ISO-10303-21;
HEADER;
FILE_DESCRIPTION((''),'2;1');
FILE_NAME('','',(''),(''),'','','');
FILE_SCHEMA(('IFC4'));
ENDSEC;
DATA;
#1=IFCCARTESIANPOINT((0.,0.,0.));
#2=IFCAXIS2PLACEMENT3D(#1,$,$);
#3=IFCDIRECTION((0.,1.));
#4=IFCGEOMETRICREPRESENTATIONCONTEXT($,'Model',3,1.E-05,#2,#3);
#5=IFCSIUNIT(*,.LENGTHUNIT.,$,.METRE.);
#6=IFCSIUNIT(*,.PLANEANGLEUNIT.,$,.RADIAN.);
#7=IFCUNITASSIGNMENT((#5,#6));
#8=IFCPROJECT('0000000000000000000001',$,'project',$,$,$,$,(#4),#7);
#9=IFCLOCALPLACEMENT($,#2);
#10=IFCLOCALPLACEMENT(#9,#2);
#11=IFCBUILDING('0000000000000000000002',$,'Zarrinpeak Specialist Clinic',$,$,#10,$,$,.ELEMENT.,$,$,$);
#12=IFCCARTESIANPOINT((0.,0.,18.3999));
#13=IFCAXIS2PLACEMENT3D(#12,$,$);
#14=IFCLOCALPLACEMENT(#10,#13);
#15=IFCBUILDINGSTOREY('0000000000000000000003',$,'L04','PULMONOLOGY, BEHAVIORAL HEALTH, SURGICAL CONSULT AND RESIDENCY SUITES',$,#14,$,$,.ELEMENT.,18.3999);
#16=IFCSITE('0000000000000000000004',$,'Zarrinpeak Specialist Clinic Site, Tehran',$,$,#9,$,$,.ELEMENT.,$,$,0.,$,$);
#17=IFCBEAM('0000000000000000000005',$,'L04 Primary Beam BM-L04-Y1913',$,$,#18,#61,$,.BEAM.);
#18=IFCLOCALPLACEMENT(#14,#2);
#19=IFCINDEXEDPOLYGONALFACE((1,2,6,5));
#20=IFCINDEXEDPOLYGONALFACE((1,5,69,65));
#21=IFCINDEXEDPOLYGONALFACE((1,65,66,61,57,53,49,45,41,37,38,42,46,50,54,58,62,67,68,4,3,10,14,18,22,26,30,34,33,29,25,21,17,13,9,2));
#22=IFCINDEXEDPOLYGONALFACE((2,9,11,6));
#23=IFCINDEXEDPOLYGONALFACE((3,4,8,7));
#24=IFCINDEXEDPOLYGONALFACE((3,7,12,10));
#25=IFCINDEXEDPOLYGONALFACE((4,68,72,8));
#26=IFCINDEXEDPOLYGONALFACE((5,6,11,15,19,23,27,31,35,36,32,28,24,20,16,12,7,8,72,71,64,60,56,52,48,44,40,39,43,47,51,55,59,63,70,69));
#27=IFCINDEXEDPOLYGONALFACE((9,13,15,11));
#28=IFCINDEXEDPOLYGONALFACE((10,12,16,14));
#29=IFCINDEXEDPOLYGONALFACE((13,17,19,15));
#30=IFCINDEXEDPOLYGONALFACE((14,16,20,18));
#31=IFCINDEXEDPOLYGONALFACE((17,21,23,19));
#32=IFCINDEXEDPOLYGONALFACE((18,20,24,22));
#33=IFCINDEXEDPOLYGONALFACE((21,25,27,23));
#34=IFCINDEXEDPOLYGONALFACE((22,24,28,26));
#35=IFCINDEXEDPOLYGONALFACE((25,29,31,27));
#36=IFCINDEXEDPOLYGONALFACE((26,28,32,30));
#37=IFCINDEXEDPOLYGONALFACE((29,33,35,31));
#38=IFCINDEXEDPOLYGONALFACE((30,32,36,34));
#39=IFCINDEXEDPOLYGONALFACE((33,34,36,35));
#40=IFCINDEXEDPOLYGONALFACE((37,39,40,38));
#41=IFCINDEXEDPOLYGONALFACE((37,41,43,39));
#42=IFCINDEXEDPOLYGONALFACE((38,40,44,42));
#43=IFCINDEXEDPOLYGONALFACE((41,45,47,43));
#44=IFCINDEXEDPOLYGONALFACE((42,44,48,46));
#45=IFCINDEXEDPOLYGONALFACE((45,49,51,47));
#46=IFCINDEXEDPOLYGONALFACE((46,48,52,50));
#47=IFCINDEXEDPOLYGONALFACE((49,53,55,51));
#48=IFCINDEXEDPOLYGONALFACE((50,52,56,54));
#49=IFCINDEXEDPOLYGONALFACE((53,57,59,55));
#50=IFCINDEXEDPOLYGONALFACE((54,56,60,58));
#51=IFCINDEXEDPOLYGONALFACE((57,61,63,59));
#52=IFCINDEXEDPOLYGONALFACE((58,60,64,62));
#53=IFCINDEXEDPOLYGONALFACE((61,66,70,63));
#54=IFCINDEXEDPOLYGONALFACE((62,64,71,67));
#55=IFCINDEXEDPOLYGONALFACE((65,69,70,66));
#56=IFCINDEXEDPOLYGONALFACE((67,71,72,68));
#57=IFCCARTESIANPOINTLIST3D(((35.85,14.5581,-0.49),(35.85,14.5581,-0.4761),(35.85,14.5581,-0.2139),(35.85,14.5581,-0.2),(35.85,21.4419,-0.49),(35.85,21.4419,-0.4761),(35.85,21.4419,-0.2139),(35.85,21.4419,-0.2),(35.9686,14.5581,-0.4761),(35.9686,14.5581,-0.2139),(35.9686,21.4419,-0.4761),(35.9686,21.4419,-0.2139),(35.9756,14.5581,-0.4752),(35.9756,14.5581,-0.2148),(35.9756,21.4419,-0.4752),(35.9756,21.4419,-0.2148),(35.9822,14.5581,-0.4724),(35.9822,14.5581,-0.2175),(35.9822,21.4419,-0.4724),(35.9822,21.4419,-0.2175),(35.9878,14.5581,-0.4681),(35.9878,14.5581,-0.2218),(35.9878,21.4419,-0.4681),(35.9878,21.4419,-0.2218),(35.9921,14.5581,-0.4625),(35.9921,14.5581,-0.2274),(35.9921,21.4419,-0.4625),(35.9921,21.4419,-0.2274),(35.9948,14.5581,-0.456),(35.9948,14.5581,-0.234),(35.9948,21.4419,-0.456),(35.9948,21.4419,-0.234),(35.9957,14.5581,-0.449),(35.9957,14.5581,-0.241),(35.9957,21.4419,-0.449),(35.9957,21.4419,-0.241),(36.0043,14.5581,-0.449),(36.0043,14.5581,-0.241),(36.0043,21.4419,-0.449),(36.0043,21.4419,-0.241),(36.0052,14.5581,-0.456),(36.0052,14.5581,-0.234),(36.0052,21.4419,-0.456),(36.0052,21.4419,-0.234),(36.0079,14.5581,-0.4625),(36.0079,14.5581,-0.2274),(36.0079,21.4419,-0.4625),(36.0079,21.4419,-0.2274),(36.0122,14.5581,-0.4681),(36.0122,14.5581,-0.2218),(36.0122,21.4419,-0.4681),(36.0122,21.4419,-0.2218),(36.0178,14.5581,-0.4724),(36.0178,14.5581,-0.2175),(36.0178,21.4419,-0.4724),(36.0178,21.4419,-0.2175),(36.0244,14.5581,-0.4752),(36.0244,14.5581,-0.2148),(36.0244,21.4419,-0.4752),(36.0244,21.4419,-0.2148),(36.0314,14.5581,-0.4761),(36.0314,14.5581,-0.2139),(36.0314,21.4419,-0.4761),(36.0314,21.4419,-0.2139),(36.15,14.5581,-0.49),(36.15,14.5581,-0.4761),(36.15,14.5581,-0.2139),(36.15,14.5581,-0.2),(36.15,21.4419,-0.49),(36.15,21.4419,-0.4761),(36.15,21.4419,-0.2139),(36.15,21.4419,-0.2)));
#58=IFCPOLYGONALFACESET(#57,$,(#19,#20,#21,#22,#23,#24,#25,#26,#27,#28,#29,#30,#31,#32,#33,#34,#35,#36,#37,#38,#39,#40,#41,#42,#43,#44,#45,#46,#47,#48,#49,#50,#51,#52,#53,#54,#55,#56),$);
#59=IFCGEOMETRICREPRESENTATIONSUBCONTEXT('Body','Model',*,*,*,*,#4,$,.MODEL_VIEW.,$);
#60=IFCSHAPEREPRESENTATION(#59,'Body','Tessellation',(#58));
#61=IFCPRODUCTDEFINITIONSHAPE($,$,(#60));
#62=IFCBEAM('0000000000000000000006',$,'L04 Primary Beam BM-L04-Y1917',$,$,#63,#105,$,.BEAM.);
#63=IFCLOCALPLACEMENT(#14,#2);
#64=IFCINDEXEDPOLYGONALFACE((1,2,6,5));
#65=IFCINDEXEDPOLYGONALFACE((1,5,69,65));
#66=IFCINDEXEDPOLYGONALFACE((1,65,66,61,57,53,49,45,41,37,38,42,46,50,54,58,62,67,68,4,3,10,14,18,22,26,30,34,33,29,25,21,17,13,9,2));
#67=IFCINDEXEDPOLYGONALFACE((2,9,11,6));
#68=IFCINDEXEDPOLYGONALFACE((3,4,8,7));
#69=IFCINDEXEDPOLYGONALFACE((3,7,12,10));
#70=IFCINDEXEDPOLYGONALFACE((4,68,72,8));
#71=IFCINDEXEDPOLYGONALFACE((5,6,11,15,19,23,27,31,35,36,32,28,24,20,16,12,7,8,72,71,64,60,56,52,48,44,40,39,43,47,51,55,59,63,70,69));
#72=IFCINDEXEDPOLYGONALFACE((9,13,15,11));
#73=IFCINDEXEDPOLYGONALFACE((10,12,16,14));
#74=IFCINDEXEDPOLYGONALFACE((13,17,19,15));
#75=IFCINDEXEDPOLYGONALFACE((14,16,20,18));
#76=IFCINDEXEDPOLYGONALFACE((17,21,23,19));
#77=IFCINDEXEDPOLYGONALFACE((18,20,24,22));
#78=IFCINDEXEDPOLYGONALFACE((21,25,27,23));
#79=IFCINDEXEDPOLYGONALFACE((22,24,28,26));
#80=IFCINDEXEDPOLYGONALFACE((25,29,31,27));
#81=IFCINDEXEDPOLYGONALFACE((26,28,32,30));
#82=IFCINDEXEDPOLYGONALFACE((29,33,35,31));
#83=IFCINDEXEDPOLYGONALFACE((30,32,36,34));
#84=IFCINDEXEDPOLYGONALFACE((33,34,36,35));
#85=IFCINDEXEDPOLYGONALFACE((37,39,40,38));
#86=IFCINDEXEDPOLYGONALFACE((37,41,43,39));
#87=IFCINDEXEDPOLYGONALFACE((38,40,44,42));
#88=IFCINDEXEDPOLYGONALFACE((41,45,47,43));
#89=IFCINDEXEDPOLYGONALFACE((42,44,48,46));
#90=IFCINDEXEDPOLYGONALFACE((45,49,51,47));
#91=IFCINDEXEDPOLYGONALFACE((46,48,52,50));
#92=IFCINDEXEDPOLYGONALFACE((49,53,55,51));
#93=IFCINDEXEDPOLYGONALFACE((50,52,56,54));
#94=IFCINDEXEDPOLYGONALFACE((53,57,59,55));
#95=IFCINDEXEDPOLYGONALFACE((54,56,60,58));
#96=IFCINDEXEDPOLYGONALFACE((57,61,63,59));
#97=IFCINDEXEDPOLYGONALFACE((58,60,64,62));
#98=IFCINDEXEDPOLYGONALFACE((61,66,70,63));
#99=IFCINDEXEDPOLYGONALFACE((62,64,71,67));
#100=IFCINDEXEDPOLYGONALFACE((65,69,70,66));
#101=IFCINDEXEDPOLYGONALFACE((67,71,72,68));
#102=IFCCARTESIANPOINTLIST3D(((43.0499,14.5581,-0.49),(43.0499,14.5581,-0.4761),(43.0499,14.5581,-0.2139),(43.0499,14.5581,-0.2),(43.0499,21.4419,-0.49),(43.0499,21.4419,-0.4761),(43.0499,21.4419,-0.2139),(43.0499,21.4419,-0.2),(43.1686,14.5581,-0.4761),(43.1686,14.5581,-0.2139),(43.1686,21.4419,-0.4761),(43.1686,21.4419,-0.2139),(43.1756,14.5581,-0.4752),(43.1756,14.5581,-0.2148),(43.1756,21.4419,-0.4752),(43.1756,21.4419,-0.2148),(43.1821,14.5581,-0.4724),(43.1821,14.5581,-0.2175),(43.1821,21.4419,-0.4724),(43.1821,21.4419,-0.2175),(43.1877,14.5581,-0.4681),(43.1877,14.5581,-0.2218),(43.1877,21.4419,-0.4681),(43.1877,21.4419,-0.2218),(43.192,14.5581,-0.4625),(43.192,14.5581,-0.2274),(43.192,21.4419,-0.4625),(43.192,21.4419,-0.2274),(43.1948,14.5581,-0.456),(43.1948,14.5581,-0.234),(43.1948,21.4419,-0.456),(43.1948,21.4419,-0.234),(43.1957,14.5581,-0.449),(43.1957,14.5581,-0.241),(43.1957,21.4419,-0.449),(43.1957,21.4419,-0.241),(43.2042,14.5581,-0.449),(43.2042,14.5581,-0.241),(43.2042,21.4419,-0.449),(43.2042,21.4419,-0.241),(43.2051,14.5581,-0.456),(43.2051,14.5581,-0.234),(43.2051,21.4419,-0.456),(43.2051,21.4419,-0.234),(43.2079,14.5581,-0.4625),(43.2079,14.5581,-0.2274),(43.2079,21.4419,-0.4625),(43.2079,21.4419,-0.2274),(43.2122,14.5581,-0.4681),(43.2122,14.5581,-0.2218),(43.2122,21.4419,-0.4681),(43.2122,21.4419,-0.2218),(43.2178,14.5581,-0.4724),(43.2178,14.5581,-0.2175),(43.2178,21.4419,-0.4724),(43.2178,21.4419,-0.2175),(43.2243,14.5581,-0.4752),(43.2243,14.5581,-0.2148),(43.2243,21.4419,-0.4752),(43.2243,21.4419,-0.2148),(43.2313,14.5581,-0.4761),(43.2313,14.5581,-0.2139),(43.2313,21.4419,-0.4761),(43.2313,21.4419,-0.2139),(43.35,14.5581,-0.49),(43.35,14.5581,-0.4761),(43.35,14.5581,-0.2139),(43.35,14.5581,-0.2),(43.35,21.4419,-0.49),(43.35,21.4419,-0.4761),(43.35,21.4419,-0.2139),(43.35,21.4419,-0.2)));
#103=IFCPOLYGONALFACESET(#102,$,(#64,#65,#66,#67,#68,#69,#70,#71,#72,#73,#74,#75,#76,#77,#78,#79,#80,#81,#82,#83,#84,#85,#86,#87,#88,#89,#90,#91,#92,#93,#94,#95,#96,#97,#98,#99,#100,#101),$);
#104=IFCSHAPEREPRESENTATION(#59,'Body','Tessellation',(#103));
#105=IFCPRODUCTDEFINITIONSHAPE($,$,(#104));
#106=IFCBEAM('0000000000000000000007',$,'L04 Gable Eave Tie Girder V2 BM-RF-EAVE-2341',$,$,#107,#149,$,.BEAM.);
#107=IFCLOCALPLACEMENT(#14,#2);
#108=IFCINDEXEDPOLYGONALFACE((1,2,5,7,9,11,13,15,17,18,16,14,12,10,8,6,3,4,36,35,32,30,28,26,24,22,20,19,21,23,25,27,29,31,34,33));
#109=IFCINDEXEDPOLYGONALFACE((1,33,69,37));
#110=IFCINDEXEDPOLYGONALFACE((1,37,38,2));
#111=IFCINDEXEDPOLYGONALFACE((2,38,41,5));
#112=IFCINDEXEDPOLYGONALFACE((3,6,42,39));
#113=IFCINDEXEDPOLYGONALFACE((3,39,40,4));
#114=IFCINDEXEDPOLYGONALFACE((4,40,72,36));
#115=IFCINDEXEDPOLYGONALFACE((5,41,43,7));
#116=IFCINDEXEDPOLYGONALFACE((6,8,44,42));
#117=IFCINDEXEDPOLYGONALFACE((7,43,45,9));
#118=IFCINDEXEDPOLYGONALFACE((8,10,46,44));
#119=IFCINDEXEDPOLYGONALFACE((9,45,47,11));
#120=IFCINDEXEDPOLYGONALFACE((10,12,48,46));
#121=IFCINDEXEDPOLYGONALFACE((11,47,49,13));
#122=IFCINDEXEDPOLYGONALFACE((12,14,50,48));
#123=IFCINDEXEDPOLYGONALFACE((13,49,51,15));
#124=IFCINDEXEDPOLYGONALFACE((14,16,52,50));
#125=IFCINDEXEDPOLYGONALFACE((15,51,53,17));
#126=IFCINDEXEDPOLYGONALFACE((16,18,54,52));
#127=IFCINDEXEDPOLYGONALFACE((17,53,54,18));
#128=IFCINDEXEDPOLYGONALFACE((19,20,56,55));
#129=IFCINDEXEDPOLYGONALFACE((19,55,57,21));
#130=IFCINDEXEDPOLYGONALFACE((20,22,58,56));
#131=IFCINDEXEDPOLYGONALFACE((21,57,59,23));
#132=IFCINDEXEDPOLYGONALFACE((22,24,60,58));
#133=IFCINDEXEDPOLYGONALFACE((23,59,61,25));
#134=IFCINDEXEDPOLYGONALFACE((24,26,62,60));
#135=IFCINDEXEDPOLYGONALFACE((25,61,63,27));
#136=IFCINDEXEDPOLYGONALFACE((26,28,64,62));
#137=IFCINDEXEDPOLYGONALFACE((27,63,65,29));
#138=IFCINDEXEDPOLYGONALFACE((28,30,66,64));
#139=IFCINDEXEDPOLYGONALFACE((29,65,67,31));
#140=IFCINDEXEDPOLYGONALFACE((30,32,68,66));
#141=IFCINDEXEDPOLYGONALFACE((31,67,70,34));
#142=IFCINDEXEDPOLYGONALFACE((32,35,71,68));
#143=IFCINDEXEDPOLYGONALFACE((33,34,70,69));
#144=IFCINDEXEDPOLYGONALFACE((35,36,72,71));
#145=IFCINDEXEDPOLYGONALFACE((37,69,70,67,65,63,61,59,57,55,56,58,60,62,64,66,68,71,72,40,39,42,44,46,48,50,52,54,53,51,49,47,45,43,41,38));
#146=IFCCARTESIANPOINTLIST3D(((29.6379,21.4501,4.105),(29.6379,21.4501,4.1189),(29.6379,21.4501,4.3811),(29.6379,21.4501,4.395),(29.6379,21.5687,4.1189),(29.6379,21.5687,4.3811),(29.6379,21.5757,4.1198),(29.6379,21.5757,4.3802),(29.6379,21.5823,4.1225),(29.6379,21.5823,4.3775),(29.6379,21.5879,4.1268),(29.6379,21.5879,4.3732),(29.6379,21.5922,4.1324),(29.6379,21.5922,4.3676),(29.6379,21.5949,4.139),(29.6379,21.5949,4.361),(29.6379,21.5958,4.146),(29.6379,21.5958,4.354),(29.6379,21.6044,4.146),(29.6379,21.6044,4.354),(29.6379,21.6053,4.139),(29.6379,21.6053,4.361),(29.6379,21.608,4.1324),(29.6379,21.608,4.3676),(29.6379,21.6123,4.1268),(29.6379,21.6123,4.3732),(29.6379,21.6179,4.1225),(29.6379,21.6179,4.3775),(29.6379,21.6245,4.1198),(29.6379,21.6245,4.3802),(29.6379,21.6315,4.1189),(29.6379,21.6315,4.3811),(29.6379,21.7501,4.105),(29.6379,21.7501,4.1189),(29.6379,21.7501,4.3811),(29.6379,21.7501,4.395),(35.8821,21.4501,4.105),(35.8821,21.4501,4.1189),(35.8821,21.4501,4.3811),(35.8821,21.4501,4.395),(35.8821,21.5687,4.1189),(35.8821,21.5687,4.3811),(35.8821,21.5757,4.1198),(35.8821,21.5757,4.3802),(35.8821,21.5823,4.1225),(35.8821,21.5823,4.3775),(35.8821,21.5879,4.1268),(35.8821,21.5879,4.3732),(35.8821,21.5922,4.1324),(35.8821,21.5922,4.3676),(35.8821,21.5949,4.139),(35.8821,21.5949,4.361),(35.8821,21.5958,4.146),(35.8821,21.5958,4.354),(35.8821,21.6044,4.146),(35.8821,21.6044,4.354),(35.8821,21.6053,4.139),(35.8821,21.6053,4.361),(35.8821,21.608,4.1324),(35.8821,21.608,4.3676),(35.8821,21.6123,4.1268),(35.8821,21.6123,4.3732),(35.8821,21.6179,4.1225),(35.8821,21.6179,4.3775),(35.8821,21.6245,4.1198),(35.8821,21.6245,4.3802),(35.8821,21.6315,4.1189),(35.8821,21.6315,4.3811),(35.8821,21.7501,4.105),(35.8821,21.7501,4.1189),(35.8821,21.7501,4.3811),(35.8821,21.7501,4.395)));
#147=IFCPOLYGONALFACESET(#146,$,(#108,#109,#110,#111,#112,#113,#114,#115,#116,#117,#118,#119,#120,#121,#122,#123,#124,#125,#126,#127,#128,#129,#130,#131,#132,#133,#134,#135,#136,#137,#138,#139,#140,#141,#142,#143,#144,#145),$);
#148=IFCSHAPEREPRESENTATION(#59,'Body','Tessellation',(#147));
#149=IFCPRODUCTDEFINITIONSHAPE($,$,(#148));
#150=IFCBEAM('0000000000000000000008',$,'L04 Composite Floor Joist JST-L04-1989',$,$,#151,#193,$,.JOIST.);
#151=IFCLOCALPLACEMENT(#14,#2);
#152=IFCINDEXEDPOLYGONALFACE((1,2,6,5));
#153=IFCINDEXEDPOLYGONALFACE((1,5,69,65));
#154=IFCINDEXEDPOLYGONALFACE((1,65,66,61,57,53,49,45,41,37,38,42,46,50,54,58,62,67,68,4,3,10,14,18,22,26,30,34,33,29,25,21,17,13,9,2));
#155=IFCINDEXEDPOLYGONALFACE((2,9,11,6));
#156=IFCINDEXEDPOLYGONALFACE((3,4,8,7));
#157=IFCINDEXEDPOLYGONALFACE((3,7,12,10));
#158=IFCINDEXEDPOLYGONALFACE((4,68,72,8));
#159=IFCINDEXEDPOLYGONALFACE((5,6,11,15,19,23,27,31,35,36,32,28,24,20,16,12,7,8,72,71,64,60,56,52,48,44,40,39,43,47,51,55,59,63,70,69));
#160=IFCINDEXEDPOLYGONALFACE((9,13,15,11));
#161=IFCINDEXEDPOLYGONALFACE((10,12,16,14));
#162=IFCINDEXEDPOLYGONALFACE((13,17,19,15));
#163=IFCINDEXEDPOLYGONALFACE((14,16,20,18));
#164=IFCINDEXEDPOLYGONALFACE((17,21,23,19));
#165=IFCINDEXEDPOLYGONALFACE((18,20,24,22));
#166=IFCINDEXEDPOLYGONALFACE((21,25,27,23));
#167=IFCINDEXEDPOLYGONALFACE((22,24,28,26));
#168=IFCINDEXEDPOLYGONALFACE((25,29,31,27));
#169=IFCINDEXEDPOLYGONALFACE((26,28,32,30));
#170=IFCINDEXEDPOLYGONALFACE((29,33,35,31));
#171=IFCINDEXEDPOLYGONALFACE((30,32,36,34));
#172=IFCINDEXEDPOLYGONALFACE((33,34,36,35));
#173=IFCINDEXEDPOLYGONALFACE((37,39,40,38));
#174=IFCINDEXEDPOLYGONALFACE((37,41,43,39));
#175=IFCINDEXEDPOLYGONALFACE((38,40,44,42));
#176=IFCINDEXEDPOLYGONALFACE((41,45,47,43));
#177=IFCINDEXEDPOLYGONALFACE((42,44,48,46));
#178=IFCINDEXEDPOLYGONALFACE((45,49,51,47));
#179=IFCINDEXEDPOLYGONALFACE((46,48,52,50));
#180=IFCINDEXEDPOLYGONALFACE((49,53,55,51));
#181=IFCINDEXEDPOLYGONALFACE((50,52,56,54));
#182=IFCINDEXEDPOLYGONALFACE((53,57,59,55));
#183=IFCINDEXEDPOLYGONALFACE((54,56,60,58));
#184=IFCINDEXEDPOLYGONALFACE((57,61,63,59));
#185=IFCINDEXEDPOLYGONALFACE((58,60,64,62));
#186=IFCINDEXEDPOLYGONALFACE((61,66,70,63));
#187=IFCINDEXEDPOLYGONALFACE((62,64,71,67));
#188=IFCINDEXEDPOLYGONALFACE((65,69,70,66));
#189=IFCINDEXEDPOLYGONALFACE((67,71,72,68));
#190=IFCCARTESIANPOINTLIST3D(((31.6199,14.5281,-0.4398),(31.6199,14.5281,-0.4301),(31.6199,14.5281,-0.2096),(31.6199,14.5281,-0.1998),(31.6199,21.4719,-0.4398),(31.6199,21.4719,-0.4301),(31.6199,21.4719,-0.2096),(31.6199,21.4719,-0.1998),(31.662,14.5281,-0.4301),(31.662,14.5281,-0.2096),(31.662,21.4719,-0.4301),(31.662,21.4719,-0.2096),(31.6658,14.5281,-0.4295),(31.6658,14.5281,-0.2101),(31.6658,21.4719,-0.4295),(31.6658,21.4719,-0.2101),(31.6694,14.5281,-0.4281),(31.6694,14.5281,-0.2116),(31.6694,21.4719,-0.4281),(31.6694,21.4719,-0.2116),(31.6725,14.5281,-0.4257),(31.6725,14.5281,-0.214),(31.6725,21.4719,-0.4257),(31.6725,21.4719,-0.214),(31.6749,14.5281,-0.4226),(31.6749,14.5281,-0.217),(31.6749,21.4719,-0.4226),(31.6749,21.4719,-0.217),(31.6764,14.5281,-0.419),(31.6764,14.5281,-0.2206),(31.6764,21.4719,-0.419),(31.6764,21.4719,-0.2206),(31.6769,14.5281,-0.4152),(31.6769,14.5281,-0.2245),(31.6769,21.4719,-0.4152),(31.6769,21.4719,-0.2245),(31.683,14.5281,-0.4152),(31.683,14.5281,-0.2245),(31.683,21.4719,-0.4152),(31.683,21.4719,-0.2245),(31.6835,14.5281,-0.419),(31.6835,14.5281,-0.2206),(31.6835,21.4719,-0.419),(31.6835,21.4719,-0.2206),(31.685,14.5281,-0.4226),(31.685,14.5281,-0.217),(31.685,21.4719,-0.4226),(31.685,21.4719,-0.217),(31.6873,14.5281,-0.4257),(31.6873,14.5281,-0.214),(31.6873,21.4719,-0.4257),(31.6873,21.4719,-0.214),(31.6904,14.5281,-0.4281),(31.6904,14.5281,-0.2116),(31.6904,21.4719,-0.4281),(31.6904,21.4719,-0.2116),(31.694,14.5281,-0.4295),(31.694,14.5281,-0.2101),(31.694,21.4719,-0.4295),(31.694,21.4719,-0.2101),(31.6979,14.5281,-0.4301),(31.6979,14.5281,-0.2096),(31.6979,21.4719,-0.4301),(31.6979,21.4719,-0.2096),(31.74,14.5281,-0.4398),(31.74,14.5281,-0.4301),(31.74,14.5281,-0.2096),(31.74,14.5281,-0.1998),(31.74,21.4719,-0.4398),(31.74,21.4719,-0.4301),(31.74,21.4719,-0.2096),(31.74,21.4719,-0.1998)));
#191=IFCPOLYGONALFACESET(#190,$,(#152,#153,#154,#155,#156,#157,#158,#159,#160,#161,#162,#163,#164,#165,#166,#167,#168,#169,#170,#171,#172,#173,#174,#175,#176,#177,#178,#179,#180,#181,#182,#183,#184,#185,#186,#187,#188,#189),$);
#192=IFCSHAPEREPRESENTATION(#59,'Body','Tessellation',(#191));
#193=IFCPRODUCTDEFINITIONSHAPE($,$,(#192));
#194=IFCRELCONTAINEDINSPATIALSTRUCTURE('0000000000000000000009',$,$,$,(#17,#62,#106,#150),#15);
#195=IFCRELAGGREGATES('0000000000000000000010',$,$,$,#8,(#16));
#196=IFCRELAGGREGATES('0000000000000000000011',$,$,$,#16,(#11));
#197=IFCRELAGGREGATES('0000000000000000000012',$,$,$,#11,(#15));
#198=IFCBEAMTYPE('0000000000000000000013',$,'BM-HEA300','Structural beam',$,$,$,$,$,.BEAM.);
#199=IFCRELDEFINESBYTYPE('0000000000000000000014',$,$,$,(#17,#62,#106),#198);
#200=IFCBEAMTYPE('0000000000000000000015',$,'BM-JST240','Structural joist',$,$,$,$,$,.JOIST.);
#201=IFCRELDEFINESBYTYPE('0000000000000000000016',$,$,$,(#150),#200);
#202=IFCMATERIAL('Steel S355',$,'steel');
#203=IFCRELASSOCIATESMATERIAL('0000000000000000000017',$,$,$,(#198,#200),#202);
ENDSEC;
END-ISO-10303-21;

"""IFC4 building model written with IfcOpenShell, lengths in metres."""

from ifc_helpers import new_model, si_unit, direction, frame, origin, origin_2d, place, context, subcontext, project, spatial, i_section, extrude, material, material_profile, profile_set, type_object, element, save


model = new_model("IFC4")

# Units and contexts
model_context = context("Model", 3, precision=1e-05, world=origin(), true_north=direction((0.0, 1.0)))
body_context = subcontext(model_context, "Body", "Model", "MODEL_VIEW")
ifc_project = project(units=[si_unit("LENGTHUNIT", "METRE"), si_unit("PLANEANGLEUNIT", "RADIAN")], contexts=[model_context])

# Site, building, storey
site_placement = place(None, origin())
site = spatial("IfcSite", under=ifc_project, at=site_placement, Name="Zarrinpeak Specialist Clinic Site, Tehran", CompositionType="ELEMENT", RefElevation=0.0)
building_placement = place(site_placement, origin())
building = spatial("IfcBuilding", under=site, at=building_placement, Name="Zarrinpeak Specialist Clinic", CompositionType="ELEMENT")
storey_placement = place(building_placement, frame((0.0, 0.0, 18.3999)))
storey = spatial("IfcBuildingStorey", under=building, at=storey_placement, Name="L04", Description="PULMONOLOGY, BEHAVIORAL HEALTH, SURGICAL CONSULT AND RESIDENCY SUITES", CompositionType="ELEMENT", Elevation=18.3999)

# Shared definitions
ifc_material_1 = material(Name="Steel S355", Category="steel")

# Beams
ifc_material_profile_1 = material_profile(ifc_material_1, i_section(OverallWidth=0.3, OverallDepth=0.29, WebThickness=0.0085, FlangeThickness=0.0139, FilletRadius=0.0271, at=origin_2d()), Name="HEA 300")
ifc_profile_set_1 = profile_set([ifc_material_profile_1], Name="Steel S355")
beam_type_1 = type_object("IfcBeamType", Name="BM-HEA300", Description="Structural beam", PredefinedType="BEAM", material=ifc_profile_set_1)
for number, where, z_axis, x_axis, name in (
    (1, (36.0, 14.5581, -0.345), (0.0, 1.0, 0.0), (-1.0, 0.0, 0.0), "L04 Primary Beam BM-L04-Y1913"),
    (2, (43.2, 14.5581, -0.345), (0.0, 1.0, 0.0), (-1.0, 0.0, 0.0), "L04 Primary Beam BM-L04-Y1917"),
):
    element("IfcBeam", number, at=place(storey_placement, frame(where, z_axis=z_axis, x_axis=x_axis)), inside=storey, type_object=beam_type_1, Name=name, PredefinedType="BEAM", context=body_context, shape_type="SweptSolid", body=[
        extrude(i_section(OverallWidth=0.3, OverallDepth=0.29, WebThickness=0.0085, FlangeThickness=0.0139, FilletRadius=0.0271, at=origin_2d()), origin(), (0.0, 0.0, 1.0), 6.8838),
    ])
beam_1_placement = place(storey_placement, frame((29.6379, 21.6001, 4.25), z_axis=(1.0, 0.0, 0.0), x_axis=(0.0, 1.0, 0.0)))
element("IfcBeam", 3, at=beam_1_placement, inside=storey, type_object=beam_type_1, Name="L04 Gable Eave Tie Girder V2 BM-RF-EAVE-2341", PredefinedType="BEAM", context=body_context, shape_type="SweptSolid", body=[
    extrude(i_section(OverallWidth=0.3, OverallDepth=0.29, WebThickness=0.0085, FlangeThickness=0.0139, FilletRadius=0.0271, at=origin_2d()), origin(), (0.0, 0.0, 1.0), 6.2441),
])
ifc_material_profile_2 = material_profile(ifc_material_1, i_section(OverallWidth=0.1201, OverallDepth=0.24, WebThickness=0.0061, FlangeThickness=0.0098, FilletRadius=0.0149, at=origin_2d()), Name="IPE 240")
ifc_profile_set_2 = profile_set([ifc_material_profile_2], Name="Steel S355")
beam_type_2 = type_object("IfcBeamType", Name="BM-JST240", Description="Structural joist", PredefinedType="JOIST", material=ifc_profile_set_2)
for number, where, z_axis, x_axis, name in (
    (4, (31.6799, 14.5281, -0.3198), (0.0, 1.0, 0.0), (-1.0, 0.0, 0.0), "L04 Composite Floor Joist JST-L04-1989"),
):
    element("IfcBeam", number, at=place(storey_placement, frame(where, z_axis=z_axis, x_axis=x_axis)), inside=storey, type_object=beam_type_2, Name=name, PredefinedType="JOIST", context=body_context, shape_type="SweptSolid", body=[
        extrude(i_section(OverallWidth=0.1201, OverallDepth=0.24, WebThickness=0.0061, FlangeThickness=0.0098, FilletRadius=0.0149, at=origin_2d()), origin(), (0.0, 0.0, 1.0), 6.9438),
    ])

save(model, "model.ifc")
